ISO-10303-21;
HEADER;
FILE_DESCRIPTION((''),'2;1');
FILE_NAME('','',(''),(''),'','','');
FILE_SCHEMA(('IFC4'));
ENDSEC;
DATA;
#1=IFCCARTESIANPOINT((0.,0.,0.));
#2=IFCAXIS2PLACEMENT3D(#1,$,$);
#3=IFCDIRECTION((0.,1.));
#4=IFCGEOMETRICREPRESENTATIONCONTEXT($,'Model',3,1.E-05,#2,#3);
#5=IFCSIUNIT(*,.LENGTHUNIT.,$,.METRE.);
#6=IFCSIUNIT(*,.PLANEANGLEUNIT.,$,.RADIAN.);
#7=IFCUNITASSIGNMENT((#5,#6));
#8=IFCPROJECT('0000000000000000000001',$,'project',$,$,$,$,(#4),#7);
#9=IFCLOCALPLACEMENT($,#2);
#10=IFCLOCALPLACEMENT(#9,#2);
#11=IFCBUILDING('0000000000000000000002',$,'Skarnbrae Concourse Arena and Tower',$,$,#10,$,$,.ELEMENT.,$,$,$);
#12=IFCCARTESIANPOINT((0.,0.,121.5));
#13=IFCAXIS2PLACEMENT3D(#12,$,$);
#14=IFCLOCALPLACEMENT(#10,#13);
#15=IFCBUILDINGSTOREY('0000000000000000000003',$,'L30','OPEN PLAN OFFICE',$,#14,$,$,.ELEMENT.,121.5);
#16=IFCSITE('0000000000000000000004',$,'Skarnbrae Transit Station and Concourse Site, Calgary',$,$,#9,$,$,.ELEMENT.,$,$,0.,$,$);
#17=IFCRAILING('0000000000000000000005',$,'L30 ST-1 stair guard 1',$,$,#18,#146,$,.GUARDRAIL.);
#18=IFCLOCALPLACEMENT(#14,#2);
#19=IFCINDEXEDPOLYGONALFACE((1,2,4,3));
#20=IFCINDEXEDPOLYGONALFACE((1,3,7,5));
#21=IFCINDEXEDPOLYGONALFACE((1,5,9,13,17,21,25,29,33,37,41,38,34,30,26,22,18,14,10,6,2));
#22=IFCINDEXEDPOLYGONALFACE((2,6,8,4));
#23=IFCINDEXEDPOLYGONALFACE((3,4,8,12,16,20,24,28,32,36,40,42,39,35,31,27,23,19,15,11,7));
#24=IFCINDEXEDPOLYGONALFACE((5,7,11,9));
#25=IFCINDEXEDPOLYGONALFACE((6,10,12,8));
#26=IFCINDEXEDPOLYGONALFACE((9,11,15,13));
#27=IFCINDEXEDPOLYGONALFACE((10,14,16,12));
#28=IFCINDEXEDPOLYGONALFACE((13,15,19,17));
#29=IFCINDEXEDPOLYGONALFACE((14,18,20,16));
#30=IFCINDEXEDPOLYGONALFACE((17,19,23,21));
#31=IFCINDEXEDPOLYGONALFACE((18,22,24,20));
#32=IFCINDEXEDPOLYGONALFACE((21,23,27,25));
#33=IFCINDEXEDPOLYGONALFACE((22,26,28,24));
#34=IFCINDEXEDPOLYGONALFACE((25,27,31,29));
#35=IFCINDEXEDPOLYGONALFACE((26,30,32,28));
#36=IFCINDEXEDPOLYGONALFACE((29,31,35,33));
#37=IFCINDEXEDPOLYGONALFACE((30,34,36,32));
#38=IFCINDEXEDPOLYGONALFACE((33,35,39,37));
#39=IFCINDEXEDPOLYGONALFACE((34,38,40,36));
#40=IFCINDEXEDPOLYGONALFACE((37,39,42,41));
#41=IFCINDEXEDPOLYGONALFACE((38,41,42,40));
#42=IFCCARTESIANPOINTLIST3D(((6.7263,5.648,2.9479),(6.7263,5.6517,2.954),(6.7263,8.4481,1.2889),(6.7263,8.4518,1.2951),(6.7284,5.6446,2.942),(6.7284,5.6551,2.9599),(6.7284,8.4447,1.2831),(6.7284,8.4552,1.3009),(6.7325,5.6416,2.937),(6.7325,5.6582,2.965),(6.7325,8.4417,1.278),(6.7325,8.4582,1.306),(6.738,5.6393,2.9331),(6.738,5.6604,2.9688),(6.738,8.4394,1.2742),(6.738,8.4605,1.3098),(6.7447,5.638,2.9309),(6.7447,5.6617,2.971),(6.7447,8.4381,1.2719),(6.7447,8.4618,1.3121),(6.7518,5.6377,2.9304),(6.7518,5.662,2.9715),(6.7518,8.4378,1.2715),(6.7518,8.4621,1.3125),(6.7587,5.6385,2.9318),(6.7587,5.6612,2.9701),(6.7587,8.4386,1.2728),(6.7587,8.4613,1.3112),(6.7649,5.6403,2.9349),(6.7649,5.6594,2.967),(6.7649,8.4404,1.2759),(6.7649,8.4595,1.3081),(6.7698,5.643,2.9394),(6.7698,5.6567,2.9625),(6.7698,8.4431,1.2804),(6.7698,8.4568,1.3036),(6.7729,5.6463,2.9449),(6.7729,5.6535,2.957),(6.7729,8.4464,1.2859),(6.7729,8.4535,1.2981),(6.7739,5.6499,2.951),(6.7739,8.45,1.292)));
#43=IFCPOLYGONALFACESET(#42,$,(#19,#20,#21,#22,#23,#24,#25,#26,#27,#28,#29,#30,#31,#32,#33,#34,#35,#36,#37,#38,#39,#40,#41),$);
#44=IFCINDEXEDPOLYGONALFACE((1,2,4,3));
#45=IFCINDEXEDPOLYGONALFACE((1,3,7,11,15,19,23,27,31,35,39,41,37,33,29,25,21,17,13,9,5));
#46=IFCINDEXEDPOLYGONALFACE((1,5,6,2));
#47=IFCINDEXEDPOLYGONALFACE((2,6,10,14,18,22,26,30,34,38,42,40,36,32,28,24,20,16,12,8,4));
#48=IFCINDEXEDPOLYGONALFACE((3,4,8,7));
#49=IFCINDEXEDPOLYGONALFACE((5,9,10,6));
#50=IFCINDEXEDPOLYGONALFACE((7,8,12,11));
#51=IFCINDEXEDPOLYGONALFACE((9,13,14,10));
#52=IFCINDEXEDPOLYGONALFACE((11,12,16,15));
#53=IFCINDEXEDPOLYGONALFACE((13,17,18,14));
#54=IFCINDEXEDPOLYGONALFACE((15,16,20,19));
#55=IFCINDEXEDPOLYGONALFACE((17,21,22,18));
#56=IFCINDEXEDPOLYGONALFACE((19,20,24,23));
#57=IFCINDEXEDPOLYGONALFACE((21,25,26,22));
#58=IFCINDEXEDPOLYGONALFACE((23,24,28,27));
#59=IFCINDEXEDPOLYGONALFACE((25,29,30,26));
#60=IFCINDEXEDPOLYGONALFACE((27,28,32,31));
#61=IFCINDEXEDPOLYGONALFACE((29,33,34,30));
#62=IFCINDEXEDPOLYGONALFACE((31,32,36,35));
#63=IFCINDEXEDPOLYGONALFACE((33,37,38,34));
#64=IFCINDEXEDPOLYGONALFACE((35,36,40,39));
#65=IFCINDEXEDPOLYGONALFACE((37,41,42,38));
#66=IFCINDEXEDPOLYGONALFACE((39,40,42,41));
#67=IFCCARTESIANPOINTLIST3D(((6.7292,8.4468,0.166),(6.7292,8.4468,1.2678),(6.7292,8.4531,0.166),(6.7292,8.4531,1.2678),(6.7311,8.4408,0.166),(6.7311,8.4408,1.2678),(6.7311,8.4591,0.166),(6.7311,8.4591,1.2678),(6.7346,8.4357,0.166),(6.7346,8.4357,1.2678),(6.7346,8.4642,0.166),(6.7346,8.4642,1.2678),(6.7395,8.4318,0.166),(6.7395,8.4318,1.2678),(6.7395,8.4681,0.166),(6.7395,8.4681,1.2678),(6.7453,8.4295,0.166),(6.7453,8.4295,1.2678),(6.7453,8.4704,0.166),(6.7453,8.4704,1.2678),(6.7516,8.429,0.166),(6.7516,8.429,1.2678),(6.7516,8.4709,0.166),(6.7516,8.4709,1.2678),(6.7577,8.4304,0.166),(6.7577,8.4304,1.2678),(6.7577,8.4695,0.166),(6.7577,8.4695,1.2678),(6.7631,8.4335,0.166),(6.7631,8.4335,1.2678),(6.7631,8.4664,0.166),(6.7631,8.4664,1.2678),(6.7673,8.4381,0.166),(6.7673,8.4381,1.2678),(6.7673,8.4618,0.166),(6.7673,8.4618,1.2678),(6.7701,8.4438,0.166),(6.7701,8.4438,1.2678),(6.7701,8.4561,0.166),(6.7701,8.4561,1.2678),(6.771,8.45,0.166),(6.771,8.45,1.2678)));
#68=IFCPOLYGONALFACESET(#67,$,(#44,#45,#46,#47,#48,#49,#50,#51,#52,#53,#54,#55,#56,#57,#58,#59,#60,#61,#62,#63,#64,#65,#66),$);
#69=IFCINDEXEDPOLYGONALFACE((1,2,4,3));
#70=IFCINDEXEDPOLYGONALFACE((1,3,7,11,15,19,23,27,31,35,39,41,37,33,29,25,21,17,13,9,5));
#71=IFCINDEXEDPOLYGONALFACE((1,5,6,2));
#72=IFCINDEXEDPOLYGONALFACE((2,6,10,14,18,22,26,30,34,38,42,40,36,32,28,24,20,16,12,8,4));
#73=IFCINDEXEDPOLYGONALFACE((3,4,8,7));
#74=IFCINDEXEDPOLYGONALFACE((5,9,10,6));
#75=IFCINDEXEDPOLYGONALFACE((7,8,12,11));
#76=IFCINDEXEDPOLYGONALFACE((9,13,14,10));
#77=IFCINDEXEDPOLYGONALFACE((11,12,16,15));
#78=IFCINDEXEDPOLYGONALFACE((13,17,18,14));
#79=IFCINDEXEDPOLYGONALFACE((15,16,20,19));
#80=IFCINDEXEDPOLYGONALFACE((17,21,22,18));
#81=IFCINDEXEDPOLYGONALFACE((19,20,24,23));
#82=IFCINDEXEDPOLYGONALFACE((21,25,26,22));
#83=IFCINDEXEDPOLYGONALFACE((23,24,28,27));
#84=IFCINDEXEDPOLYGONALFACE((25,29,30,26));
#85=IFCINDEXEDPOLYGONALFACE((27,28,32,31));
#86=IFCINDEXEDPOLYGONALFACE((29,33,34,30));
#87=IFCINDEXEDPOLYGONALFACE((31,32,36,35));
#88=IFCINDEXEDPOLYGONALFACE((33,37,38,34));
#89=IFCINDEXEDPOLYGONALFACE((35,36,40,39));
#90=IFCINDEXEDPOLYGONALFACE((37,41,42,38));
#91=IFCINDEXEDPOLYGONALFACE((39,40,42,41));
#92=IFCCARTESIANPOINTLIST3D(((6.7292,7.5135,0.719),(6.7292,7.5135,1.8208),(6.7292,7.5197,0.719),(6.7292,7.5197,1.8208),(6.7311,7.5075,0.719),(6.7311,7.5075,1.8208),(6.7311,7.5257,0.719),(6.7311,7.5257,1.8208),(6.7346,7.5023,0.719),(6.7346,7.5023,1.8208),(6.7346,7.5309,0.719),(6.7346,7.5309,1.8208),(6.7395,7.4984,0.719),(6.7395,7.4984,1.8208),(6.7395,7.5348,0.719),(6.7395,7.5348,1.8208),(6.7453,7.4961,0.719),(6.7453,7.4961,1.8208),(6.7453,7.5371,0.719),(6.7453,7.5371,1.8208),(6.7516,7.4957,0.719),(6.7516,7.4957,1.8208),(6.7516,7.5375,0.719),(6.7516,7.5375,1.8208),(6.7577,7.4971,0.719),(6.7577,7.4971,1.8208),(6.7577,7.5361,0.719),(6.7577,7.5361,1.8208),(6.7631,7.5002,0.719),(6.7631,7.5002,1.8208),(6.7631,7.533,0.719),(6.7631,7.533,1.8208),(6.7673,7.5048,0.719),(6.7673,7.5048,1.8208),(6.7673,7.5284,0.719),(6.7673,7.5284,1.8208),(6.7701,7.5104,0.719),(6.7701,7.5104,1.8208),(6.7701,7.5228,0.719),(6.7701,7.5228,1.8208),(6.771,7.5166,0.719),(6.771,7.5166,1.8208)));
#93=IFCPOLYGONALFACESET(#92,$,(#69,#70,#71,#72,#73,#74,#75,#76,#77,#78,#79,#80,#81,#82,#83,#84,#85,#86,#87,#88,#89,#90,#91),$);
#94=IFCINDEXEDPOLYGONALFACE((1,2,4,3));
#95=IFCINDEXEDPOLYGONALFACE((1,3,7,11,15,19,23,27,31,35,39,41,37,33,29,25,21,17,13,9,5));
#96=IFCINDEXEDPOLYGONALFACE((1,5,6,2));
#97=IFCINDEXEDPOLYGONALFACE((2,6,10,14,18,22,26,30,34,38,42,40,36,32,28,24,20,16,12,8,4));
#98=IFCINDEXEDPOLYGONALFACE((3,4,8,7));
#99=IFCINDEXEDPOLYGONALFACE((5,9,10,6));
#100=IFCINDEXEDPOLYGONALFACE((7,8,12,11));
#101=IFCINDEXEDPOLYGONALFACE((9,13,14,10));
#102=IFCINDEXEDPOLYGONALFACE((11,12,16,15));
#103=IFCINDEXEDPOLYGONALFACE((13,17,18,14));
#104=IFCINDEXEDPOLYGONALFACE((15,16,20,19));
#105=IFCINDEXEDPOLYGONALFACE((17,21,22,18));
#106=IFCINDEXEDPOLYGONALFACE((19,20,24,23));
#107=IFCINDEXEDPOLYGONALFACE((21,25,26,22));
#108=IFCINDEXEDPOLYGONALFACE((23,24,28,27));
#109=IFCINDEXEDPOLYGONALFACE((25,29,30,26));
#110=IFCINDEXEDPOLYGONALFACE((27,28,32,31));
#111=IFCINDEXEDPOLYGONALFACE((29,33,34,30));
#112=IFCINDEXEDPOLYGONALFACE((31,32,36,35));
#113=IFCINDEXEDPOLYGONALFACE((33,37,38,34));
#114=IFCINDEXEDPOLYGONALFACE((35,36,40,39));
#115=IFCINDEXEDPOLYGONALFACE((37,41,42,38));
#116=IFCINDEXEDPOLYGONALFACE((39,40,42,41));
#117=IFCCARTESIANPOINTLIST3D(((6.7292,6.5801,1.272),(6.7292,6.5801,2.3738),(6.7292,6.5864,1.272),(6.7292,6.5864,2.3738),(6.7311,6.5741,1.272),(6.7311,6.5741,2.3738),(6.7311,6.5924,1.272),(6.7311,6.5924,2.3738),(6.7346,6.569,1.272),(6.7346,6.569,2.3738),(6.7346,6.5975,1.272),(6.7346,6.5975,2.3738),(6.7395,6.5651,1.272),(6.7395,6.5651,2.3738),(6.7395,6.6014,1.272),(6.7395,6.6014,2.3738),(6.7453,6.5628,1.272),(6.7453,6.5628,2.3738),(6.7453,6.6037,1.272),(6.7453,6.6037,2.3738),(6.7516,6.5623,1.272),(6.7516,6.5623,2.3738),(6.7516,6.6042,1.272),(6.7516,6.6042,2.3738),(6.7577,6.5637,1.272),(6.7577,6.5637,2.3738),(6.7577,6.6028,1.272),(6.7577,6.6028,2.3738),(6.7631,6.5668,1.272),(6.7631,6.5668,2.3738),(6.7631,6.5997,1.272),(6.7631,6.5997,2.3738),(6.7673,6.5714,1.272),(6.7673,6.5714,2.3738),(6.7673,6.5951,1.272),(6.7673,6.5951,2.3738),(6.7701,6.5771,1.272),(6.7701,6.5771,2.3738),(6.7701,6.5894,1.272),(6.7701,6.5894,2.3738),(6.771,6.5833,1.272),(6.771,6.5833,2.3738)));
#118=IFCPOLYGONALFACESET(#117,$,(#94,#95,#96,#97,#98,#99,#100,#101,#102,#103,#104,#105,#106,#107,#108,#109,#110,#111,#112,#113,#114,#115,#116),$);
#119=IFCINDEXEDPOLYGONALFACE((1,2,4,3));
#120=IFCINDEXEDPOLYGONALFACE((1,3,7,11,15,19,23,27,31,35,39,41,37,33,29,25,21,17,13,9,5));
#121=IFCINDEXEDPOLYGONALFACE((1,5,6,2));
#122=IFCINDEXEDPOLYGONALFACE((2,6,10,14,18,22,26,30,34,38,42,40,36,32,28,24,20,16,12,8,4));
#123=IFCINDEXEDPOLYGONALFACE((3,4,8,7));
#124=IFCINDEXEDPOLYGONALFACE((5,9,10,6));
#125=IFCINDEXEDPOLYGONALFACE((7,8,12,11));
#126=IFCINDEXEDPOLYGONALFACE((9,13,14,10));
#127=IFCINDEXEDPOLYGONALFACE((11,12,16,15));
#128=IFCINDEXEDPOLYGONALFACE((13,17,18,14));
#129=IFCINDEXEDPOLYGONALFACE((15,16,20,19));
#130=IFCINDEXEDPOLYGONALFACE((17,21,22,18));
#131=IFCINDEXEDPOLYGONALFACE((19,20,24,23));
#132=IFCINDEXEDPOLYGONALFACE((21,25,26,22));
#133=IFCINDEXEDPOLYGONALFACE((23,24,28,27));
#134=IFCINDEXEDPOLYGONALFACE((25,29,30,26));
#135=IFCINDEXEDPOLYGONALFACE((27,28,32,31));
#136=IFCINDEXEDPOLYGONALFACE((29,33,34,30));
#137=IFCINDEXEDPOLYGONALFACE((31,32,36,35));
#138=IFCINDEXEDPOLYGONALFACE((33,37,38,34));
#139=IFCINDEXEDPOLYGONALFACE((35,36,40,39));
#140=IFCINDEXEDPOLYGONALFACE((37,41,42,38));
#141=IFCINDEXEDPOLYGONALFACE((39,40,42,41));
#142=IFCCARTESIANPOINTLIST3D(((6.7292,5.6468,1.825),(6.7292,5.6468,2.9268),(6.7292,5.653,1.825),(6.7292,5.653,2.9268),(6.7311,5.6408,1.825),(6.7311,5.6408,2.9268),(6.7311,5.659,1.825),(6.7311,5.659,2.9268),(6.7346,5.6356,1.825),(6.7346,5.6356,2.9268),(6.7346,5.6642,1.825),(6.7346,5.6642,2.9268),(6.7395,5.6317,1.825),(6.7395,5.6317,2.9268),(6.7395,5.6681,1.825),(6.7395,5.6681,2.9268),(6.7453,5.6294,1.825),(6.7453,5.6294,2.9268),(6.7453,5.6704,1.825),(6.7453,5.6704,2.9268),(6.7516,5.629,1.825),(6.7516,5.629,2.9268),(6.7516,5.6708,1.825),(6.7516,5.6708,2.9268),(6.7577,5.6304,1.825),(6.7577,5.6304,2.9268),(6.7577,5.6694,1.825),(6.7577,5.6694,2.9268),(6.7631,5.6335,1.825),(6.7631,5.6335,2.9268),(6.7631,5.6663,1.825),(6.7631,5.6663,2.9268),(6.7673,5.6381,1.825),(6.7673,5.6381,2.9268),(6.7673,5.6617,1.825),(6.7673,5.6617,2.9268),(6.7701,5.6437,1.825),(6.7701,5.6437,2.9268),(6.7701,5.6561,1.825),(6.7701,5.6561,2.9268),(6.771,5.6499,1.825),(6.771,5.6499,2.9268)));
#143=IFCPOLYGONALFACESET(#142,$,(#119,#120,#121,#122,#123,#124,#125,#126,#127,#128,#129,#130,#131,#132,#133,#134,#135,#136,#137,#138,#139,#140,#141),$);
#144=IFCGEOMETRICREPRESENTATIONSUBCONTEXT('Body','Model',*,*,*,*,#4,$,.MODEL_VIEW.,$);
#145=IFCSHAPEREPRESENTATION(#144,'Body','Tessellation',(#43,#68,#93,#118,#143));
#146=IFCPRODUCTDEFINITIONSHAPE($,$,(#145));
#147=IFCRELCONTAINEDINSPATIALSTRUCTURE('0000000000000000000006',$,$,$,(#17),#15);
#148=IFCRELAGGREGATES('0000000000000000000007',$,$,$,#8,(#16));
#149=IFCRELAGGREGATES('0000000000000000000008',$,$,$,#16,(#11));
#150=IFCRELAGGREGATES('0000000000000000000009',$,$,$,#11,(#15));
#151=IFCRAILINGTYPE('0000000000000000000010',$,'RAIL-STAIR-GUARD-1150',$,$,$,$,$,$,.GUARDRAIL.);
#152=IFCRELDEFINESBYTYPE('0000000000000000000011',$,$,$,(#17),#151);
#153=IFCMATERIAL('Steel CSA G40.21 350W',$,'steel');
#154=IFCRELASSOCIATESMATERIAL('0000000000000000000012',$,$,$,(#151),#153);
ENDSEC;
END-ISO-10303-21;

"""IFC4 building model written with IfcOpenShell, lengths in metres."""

from ifc_helpers import new_model, si_unit, direction, frame, origin, origin_2d, place, context, subcontext, project, spatial, circle, extrude, material, type_object, element, save


model = new_model("IFC4")

# Units and contexts
model_context = context("Model", 3, precision=1e-05, world=origin(), true_north=direction((0.0, 1.0)))
body_context = subcontext(model_context, "Body", "Model", "MODEL_VIEW")
ifc_project = project(units=[si_unit("LENGTHUNIT", "METRE"), si_unit("PLANEANGLEUNIT", "RADIAN")], contexts=[model_context])

# Site, building, storey
site_placement = place(None, origin())
site = spatial("IfcSite", under=ifc_project, at=site_placement, Name="Skarnbrae Transit Station and Concourse Site, Calgary", CompositionType="ELEMENT", RefElevation=0.0)
building_placement = place(site_placement, origin())
building = spatial("IfcBuilding", under=site, at=building_placement, Name="Skarnbrae Concourse Arena and Tower", CompositionType="ELEMENT")
storey_placement = place(building_placement, frame((0.0, 0.0, 121.5)))
storey = spatial("IfcBuildingStorey", under=building, at=storey_placement, Name="L30", Description="OPEN PLAN OFFICE", CompositionType="ELEMENT", Elevation=121.5)

# Shared definitions
ifc_material_1 = material(Name="Steel CSA G40.21 350W", Category="steel")

# Railing
railing_type_1 = type_object("IfcRailingType", Name="RAIL-STAIR-GUARD-1150", PredefinedType="GUARDRAIL", material=ifc_material_1)
railing_1_placement = place(storey_placement, frame((6.75, 8.45, 0.166)))
element("IfcRailing", 1, at=railing_1_placement, inside=storey, type_object=railing_type_1, Name="L30 ST-1 stair guard 1", PredefinedType="GUARDRAIL", context=body_context, shape_type="SweptSolid", body=[
    extrude(circle(Radius=0.0239, at=origin_2d()), frame((0.0, 0.0, 1.126), z_axis=(0.0, -0.860339, 0.509722), x_axis=(1.0, 0.0, 0.0)), (0.0, 0.0, 1.0), 3.2546),
    extrude(circle(Radius=0.021, at=origin_2d()), origin(), (0.0, 0.0, 1.0), 1.1018),
    extrude(circle(Radius=0.021, at=origin_2d()), frame((0.0, -0.9333, 0.553)), (0.0, 0.0, 1.0), 1.1018),
    extrude(circle(Radius=0.021, at=origin_2d()), frame((0.0, -1.8667, 1.106)), (0.0, 0.0, 1.0), 1.1018),
    extrude(circle(Radius=0.021, at=origin_2d()), frame((0.0, -2.8, 1.6589)), (0.0, 0.0, 1.0), 1.1018),
])

save(model, "model.ifc")
